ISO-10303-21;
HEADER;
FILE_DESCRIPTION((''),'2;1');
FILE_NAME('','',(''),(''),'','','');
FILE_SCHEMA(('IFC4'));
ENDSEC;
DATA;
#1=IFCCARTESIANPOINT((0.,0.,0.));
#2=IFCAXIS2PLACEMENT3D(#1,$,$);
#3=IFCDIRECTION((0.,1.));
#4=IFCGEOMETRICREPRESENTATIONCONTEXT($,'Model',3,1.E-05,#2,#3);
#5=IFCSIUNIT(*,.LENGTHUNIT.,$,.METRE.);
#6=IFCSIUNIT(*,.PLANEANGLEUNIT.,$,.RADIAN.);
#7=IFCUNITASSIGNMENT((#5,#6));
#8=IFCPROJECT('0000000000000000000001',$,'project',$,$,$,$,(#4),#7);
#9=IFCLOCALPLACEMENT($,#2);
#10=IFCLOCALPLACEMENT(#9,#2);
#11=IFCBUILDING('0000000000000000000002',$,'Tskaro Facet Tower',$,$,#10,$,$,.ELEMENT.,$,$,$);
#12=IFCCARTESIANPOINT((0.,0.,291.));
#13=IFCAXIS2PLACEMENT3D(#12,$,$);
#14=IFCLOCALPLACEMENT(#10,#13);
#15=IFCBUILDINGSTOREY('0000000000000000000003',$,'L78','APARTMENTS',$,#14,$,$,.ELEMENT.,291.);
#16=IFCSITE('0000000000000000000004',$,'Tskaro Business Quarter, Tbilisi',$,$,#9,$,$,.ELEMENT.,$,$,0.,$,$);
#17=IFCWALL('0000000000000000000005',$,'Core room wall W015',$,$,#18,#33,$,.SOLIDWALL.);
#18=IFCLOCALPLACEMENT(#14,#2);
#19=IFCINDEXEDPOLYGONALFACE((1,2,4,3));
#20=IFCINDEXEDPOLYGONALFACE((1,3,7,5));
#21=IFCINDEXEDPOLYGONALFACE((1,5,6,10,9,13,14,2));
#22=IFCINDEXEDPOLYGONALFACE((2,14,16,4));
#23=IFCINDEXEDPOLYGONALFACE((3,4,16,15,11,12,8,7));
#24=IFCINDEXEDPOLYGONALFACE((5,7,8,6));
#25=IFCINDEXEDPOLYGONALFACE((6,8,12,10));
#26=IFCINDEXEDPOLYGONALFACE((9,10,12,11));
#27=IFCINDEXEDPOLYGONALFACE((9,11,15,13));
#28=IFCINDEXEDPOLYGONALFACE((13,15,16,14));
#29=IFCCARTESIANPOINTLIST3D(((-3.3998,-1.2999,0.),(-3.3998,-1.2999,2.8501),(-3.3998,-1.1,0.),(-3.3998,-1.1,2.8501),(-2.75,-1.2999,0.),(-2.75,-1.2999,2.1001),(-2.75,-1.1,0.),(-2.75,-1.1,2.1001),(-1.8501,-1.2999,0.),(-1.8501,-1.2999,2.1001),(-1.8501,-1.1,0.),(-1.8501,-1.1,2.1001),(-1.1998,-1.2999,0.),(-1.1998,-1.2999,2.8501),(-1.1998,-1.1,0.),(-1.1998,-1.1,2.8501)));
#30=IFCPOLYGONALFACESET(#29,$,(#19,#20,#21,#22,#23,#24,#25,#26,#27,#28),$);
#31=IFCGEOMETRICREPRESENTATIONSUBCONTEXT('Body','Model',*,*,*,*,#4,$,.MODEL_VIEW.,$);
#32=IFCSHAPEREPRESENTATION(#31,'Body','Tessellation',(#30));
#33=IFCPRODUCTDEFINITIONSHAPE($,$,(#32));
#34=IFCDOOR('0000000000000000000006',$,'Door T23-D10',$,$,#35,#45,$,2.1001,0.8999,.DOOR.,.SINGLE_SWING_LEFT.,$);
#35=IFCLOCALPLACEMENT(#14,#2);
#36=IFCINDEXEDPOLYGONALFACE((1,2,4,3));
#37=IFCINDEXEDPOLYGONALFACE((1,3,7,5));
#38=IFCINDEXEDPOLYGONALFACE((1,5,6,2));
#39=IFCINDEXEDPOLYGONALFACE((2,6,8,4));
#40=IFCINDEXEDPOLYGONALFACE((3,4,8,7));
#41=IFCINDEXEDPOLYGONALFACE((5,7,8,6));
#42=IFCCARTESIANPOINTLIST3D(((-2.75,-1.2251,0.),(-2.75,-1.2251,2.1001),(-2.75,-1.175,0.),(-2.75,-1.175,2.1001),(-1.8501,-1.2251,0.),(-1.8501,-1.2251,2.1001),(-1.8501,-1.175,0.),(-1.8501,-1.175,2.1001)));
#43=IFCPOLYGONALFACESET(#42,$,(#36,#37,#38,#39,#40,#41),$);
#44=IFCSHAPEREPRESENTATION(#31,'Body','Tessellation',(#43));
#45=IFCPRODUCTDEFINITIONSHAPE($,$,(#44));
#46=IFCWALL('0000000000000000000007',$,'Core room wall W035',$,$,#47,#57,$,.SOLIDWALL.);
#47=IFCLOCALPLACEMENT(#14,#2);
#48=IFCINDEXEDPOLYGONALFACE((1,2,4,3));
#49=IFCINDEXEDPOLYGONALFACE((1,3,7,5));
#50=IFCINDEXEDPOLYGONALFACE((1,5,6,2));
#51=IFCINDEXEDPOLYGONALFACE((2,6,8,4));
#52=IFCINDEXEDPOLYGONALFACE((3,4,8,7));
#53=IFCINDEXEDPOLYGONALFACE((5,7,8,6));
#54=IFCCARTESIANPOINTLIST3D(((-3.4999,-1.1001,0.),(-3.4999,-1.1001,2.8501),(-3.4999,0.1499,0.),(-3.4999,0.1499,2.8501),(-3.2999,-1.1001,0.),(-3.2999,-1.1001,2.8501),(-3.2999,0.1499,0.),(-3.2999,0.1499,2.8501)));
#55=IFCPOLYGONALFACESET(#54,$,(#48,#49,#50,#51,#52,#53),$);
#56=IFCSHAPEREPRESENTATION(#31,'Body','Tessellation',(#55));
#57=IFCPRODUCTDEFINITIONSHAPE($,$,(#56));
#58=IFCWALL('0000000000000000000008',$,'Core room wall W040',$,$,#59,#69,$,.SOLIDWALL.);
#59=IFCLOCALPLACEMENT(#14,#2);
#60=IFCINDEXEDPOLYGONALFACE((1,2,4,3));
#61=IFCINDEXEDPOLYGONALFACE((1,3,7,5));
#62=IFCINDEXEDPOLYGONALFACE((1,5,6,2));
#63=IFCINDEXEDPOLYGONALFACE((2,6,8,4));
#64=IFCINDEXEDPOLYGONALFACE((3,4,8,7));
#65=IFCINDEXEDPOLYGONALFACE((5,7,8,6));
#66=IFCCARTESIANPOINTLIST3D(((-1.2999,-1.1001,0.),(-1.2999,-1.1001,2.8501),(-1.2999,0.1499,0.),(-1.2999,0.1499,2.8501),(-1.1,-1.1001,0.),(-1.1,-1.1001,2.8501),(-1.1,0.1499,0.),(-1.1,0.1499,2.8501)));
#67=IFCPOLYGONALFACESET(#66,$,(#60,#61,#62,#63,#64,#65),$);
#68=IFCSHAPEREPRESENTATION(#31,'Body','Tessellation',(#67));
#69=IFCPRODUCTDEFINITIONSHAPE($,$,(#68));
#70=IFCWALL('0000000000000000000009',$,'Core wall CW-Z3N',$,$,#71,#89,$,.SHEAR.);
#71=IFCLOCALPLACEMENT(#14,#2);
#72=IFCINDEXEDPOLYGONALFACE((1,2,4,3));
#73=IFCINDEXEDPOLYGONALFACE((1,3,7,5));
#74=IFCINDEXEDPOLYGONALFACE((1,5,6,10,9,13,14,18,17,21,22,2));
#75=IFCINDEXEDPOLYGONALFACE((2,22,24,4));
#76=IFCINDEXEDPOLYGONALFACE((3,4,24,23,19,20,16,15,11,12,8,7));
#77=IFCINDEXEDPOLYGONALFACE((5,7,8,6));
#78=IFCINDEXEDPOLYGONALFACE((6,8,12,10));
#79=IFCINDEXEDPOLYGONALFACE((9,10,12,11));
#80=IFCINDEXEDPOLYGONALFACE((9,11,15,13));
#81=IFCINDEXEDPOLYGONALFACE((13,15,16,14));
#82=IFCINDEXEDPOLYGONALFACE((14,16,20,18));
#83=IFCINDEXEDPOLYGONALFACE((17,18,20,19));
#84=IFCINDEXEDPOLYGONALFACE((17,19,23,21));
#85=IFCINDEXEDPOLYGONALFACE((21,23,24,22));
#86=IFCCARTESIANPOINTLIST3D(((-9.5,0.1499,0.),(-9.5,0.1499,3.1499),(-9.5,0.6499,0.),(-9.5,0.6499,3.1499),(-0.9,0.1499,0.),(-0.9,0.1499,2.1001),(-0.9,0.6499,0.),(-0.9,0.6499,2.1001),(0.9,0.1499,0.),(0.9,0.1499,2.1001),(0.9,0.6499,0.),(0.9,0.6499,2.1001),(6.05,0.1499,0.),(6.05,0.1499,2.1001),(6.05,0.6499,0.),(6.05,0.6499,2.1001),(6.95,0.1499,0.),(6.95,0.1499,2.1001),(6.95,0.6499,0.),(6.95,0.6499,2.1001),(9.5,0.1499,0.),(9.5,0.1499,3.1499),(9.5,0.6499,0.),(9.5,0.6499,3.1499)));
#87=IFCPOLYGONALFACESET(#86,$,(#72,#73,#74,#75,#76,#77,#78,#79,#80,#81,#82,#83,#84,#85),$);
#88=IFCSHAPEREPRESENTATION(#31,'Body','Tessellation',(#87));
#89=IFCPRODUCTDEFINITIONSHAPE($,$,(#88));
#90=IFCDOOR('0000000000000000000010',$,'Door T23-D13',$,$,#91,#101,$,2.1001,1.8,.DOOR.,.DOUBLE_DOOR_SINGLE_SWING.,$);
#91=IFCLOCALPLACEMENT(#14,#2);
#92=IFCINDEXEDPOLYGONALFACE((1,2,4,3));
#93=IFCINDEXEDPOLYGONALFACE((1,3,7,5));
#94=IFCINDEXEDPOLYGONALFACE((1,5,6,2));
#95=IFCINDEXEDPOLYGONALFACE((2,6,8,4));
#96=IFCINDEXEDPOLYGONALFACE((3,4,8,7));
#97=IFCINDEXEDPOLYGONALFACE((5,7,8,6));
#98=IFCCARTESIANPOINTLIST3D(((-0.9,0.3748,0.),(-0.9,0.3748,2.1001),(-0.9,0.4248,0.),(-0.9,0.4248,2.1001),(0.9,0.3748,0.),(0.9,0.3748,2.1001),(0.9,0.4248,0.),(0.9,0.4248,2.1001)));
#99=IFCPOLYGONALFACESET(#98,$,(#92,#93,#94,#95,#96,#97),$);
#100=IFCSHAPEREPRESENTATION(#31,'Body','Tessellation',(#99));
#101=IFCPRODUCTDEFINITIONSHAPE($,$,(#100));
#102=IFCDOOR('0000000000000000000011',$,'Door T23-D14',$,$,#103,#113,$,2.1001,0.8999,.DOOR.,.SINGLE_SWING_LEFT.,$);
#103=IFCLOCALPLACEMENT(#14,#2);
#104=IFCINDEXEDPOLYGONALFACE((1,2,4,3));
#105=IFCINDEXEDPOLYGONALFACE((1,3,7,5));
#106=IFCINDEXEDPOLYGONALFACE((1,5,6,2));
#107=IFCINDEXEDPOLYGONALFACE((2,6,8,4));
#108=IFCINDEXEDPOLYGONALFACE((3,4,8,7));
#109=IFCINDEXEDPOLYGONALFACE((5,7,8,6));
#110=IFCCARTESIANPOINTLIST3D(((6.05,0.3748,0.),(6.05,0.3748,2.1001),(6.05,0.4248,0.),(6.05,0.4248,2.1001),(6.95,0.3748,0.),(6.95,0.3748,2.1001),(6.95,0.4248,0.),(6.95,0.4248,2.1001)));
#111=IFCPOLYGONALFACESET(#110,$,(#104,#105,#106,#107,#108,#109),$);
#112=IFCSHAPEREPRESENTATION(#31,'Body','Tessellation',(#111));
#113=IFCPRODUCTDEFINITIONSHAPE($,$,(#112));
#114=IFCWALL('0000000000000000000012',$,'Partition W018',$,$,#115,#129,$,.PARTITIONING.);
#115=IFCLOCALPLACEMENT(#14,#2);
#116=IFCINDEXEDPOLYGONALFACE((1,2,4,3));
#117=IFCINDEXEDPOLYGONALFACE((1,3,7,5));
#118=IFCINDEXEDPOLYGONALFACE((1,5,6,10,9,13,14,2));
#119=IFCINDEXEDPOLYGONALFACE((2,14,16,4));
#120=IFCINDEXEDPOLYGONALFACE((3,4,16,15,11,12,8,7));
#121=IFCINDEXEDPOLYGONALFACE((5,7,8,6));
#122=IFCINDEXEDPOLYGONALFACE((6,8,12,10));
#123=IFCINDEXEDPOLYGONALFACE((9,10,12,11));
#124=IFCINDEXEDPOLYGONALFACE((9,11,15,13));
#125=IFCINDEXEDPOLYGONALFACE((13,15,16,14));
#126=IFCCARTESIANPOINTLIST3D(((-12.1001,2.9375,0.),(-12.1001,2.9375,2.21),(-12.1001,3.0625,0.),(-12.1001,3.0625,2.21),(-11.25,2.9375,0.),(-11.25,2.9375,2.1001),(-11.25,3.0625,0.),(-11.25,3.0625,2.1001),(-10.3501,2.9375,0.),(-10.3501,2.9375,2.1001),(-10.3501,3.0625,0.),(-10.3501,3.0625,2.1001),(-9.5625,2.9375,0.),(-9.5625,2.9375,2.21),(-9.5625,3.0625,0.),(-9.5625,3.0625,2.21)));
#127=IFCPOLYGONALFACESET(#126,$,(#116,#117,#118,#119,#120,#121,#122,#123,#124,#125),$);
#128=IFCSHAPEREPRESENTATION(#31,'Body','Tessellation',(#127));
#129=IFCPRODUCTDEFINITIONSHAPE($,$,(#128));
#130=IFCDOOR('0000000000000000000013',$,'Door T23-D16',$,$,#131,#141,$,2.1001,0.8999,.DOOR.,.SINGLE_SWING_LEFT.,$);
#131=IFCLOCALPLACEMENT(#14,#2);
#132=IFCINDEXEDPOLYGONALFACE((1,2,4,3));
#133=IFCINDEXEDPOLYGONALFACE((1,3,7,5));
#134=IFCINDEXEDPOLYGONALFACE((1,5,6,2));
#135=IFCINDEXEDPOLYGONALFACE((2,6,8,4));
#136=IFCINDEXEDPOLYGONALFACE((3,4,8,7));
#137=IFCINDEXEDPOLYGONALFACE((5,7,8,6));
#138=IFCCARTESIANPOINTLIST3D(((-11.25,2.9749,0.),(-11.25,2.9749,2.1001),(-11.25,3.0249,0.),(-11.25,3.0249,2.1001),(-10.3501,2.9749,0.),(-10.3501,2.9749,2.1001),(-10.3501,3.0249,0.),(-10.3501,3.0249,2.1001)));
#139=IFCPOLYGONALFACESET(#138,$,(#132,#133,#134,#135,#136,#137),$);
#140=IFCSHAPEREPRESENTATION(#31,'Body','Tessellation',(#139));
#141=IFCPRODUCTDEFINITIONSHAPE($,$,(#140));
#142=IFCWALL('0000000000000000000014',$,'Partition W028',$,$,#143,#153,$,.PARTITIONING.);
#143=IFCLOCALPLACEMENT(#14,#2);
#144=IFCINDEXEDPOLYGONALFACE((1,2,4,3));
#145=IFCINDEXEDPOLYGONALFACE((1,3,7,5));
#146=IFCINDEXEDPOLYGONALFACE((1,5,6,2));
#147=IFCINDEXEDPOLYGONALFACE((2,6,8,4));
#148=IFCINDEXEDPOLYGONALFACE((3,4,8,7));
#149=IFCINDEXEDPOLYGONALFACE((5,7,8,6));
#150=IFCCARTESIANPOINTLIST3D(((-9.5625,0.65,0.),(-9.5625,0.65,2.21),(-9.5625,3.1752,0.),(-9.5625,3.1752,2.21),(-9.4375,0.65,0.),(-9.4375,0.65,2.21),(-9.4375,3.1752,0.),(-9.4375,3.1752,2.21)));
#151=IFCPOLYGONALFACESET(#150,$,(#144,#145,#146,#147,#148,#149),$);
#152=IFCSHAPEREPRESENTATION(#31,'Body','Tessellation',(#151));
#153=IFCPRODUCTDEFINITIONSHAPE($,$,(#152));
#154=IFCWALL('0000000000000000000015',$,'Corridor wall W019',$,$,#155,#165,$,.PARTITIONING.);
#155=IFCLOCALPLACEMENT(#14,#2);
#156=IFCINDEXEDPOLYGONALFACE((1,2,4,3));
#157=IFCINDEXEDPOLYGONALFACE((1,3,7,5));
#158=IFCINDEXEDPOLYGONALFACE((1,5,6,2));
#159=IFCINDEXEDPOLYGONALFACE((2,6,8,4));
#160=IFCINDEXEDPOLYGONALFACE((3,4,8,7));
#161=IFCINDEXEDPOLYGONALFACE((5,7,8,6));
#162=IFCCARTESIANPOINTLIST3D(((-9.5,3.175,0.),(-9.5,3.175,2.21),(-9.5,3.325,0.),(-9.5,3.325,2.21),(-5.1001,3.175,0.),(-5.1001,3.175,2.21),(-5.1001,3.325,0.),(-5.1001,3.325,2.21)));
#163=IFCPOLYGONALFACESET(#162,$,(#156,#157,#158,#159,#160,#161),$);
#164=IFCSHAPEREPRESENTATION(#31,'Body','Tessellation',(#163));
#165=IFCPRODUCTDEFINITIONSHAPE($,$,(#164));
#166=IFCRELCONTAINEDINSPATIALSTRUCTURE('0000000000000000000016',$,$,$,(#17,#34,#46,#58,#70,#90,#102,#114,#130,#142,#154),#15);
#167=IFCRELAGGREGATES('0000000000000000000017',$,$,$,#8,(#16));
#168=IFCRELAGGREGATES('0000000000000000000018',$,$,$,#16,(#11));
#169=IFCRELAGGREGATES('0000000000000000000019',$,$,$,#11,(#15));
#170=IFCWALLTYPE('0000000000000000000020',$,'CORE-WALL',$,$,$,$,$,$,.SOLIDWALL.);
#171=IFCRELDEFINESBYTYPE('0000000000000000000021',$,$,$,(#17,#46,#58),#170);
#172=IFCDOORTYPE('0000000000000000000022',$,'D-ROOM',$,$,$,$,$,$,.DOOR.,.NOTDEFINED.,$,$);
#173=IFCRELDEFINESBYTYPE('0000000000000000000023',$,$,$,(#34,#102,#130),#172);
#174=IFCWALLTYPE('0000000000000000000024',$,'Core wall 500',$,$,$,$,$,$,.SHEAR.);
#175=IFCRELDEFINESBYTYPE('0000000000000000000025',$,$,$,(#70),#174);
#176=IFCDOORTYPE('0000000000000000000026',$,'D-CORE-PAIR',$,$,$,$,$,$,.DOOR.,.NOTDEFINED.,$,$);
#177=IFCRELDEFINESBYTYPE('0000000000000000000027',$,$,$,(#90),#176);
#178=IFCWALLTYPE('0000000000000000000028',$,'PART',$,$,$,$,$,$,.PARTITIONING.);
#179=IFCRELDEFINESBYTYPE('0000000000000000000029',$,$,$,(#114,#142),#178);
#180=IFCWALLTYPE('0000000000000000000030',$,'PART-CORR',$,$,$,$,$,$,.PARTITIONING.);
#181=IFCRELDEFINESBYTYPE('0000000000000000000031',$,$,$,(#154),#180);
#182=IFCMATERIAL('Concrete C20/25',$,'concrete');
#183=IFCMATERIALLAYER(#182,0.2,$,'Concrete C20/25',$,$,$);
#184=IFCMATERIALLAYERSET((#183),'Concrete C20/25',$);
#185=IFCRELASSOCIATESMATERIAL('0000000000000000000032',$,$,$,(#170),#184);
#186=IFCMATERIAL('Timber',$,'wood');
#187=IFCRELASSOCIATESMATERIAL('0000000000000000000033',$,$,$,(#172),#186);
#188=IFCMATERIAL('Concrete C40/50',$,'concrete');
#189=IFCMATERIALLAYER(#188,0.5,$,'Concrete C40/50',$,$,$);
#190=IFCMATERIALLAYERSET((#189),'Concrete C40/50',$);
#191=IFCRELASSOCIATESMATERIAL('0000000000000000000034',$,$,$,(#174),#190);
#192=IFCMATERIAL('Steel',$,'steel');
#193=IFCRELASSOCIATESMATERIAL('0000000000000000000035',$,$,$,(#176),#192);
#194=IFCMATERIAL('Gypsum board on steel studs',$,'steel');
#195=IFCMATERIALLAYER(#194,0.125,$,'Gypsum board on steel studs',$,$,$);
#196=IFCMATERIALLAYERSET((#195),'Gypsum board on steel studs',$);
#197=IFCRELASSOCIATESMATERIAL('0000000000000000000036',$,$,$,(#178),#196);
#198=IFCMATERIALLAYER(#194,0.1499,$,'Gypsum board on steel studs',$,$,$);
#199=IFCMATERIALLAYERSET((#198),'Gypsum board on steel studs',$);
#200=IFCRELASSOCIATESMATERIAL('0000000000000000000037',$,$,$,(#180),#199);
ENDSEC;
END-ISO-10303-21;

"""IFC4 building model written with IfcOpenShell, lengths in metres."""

from ifc_helpers import new_model, si_unit, direction, frame, frame_2d, origin, place, context, subcontext, project, spatial, rectangle, extrude, material, layer, layer_set, type_object, element, fill, save


model = new_model("IFC4")

# Units and contexts
model_context = context("Model", 3, precision=1e-05, world=origin(), true_north=direction((0.0, 1.0)))
body_context = subcontext(model_context, "Body", "Model", "MODEL_VIEW")
ifc_project = project(units=[si_unit("LENGTHUNIT", "METRE"), si_unit("PLANEANGLEUNIT", "RADIAN")], contexts=[model_context])

# Site, building, storey
site_placement = place(None, origin())
site = spatial("IfcSite", under=ifc_project, at=site_placement, Name="Tskaro Business Quarter, Tbilisi", CompositionType="ELEMENT", RefElevation=0.0)
building_placement = place(site_placement, origin())
building = spatial("IfcBuilding", under=site, at=building_placement, Name="Tskaro Facet Tower", CompositionType="ELEMENT")
storey_placement = place(building_placement, frame((0.0, 0.0, 291.0)))
storey = spatial("IfcBuildingStorey", under=building, at=storey_placement, Name="L78", Description="APARTMENTS", CompositionType="ELEMENT", Elevation=291.0)

# Shared definitions
ifc_material_1 = material(Name="Concrete C40/50", Category="concrete")

# Wall, opening, door
ifc_material_2 = material(Name="Concrete C20/25", Category="concrete")
ifc_layer_1 = layer(ifc_material_2, 0.2, Name="Concrete C20/25")
ifc_layer_set_1 = layer_set([ifc_layer_1], Name="Concrete C20/25")
wall_type_1 = type_object("IfcWallType", Name="CORE-WALL", PredefinedType="SOLIDWALL", material=ifc_layer_set_1)
wall_1_placement = place(storey_placement, frame((-3.3999, -1.2, 0.0), z_axis=(0.0, 0.0, 1.0), x_axis=(1.0, 0.0, 0.0)))
wall_1 = element("IfcWall", 1, at=wall_1_placement, inside=storey, type_object=wall_type_1, Name="Core room wall W015", PredefinedType="SOLIDWALL", context=body_context, shape_type="SweptSolid", body=[
    extrude(rectangle(XDim=2.2, YDim=0.2, at=frame_2d((1.1001, 0.0))), origin(), (0.0, 0.0, 1.0), 2.8501),
])
opening_1_placement = place(wall_1_placement, frame((0.6499, 0.0, 0.0)))
opening_1 = element("IfcOpeningElement", 2, at=opening_1_placement, cuts=wall_1, PredefinedType="OPENING", context=body_context, shape_type="SweptSolid", body=[
    extrude(rectangle(XDim=0.8999, YDim=2.1001, at=frame_2d((0.45, 1.05))), frame((0.0, 0.1099, 0.0), z_axis=(0.0, -1.0, 0.0), x_axis=(1.0, 0.0, 0.0)), (0.0, 0.0, 1.0), 0.22),
])
ifc_material_3 = material(Name="Timber", Category="wood")
door_type_1 = type_object("IfcDoorType", Name="D-ROOM", OperationType="NOTDEFINED", PredefinedType="DOOR", material=ifc_material_3)
door_1_placement = place(opening_1_placement, origin())
door_1 = element("IfcDoor", 3, at=door_1_placement, inside=storey, type_object=door_type_1, Name="Door T23-D10", OperationType="SINGLE_SWING_LEFT", OverallHeight=2.1001, OverallWidth=0.8999, PredefinedType="DOOR", context=body_context, shape_type="SweptSolid", body=[
    extrude(rectangle(XDim=0.8999, YDim=2.1001, at=frame_2d((0.45, 1.05))), frame((0.0, 0.0249, 0.0), z_axis=(0.0, -1.0, 0.0), x_axis=(1.0, 0.0, 0.0)), (0.0, 0.0, 1.0), 0.05),
])
fill(opening_1, door_1)

# Walls
for number, where, z_axis, x_axis, name in (
    (4, (-3.3999, -1.1001, 0.0), (0.0, 0.0, 1.0), (0.0, 1.0, 0.0), "Core room wall W035"),
    (5, (-1.2, -1.1001, 0.0), (0.0, 0.0, 1.0), (0.0, 1.0, 0.0), "Core room wall W040"),
):
    element("IfcWall", number, at=place(storey_placement, frame(where, z_axis=z_axis, x_axis=x_axis)), inside=storey, type_object=wall_type_1, Name=name, PredefinedType="SOLIDWALL", context=body_context, shape_type="SweptSolid", body=[
        extrude(rectangle(XDim=1.25, YDim=0.2, at=frame_2d((0.625, 0.0))), origin(), (0.0, 0.0, 1.0), 2.8501),
    ])

# Wall, openings, doors
ifc_layer_2 = layer(ifc_material_1, 0.5, Name="Concrete C40/50")
ifc_layer_set_2 = layer_set([ifc_layer_2], Name="Concrete C40/50")
wall_type_2 = type_object("IfcWallType", Name="Core wall 500", PredefinedType="SHEAR", material=ifc_layer_set_2)
wall_2_placement = place(storey_placement, frame((-9.5, 0.3999, 0.0), z_axis=(0.0, 0.0, 1.0), x_axis=(1.0, 0.0, 0.0)))
wall_2 = element("IfcWall", 6, at=wall_2_placement, inside=storey, type_object=wall_type_2, Name="Core wall CW-Z3N", PredefinedType="SHEAR", context=body_context, shape_type="SweptSolid", body=[
    extrude(rectangle(XDim=19.0, YDim=0.5, at=frame_2d((9.5, 0.0))), origin(), (0.0, 0.0, 1.0), 3.1499),
])
opening_2_placement = place(wall_2_placement, frame((8.6001, 0.0, 0.0)))
opening_2 = element("IfcOpeningElement", 7, at=opening_2_placement, cuts=wall_2, PredefinedType="OPENING", context=body_context, shape_type="SweptSolid", body=[
    extrude(rectangle(XDim=1.8, YDim=2.1001, at=frame_2d((0.8999, 1.05))), frame((0.0, 0.26, 0.0), z_axis=(0.0, -1.0, 0.0), x_axis=(1.0, 0.0, 0.0)), (0.0, 0.0, 1.0), 0.52),
])
opening_3_placement = place(wall_2_placement, frame((15.55, 0.0, 0.0)))
opening_3 = element("IfcOpeningElement", 8, at=opening_3_placement, cuts=wall_2, PredefinedType="OPENING", context=body_context, shape_type="SweptSolid", body=[
    extrude(rectangle(XDim=0.8999, YDim=2.1001, at=frame_2d((0.45, 1.05))), frame((0.0, 0.26, 0.0), z_axis=(0.0, -1.0, 0.0), x_axis=(1.0, 0.0, 0.0)), (0.0, 0.0, 1.0), 0.52),
])
ifc_material_4 = material(Name="Steel", Category="steel")
door_type_2 = type_object("IfcDoorType", Name="D-CORE-PAIR", OperationType="NOTDEFINED", PredefinedType="DOOR", material=ifc_material_4)
door_2_placement = place(opening_2_placement, origin())
door_2 = element("IfcDoor", 9, at=door_2_placement, inside=storey, type_object=door_type_2, Name="Door T23-D13", OperationType="DOUBLE_DOOR_SINGLE_SWING", OverallHeight=2.1001, OverallWidth=1.8, PredefinedType="DOOR", context=body_context, shape_type="SweptSolid", body=[
    extrude(rectangle(XDim=1.8, YDim=2.1001, at=frame_2d((0.8999, 1.05))), frame((0.0, 0.0249, 0.0), z_axis=(0.0, -1.0, 0.0), x_axis=(1.0, 0.0, 0.0)), (0.0, 0.0, 1.0), 0.05),
])
fill(opening_2, door_2)
door_3_placement = place(opening_3_placement, origin())
door_3 = element("IfcDoor", 10, at=door_3_placement, inside=storey, type_object=door_type_1, Name="Door T23-D14", OperationType="SINGLE_SWING_LEFT", OverallHeight=2.1001, OverallWidth=0.8999, PredefinedType="DOOR", context=body_context, shape_type="SweptSolid", body=[
    extrude(rectangle(XDim=0.8999, YDim=2.1001, at=frame_2d((0.45, 1.05))), frame((0.0, 0.0249, 0.0), z_axis=(0.0, -1.0, 0.0), x_axis=(1.0, 0.0, 0.0)), (0.0, 0.0, 1.0), 0.05),
])
fill(opening_3, door_3)

# Wall, opening, door
ifc_material_5 = material(Name="Gypsum board on steel studs", Category="steel")
ifc_layer_3 = layer(ifc_material_5, 0.125, Name="Gypsum board on steel studs")
ifc_layer_set_3 = layer_set([ifc_layer_3], Name="Gypsum board on steel studs")
wall_type_3 = type_object("IfcWallType", Name="PART", PredefinedType="PARTITIONING", material=ifc_layer_set_3)
wall_3_placement = place(storey_placement, frame((-12.1001, 3.0, 0.0), z_axis=(0.0, 0.0, 1.0), x_axis=(1.0, 0.0, 0.0)))
wall_3 = element("IfcWall", 11, at=wall_3_placement, inside=storey, type_object=wall_type_3, Name="Partition W018", PredefinedType="PARTITIONING", context=body_context, shape_type="SweptSolid", body=[
    extrude(rectangle(XDim=2.5376, YDim=0.125, at=frame_2d((1.2688, 0.0))), origin(), (0.0, 0.0, 1.0), 2.21),
])
opening_4_placement = place(wall_3_placement, frame((0.8501, 0.0, 0.0)))
opening_4 = element("IfcOpeningElement", 12, at=opening_4_placement, cuts=wall_3, PredefinedType="OPENING", context=body_context, shape_type="SweptSolid", body=[
    extrude(rectangle(XDim=0.8999, YDim=2.1001, at=frame_2d((0.45, 1.05))), frame((0.0, 0.0725, 0.0), z_axis=(0.0, -1.0, 0.0), x_axis=(1.0, 0.0, 0.0)), (0.0, 0.0, 1.0), 0.145),
])
door_4_placement = place(opening_4_placement, origin())
door_4 = element("IfcDoor", 13, at=door_4_placement, inside=storey, type_object=door_type_1, Name="Door T23-D16", OperationType="SINGLE_SWING_LEFT", OverallHeight=2.1001, OverallWidth=0.8999, PredefinedType="DOOR", context=body_context, shape_type="SweptSolid", body=[
    extrude(rectangle(XDim=0.8999, YDim=2.1001, at=frame_2d((0.45, 1.05))), frame((0.0, 0.0249, 0.0), z_axis=(0.0, -1.0, 0.0), x_axis=(1.0, 0.0, 0.0)), (0.0, 0.0, 1.0), 0.05),
])
fill(opening_4, door_4)

# Walls
wall_4_placement = place(storey_placement, frame((-9.5, 0.6499, 0.0), z_axis=(0.0, 0.0, 1.0), x_axis=(0.0, 1.0, 0.0)))
element("IfcWall", 14, at=wall_4_placement, inside=storey, type_object=wall_type_3, Name="Partition W028", PredefinedType="PARTITIONING", context=body_context, shape_type="SweptSolid", body=[
    extrude(rectangle(XDim=2.5251, YDim=0.125, at=frame_2d((1.2627, 0.0))), origin(), (0.0, 0.0, 1.0), 2.21),
])
ifc_layer_4 = layer(ifc_material_5, 0.1499, Name="Gypsum board on steel studs")
ifc_layer_set_4 = layer_set([ifc_layer_4], Name="Gypsum board on steel studs")
wall_type_4 = type_object("IfcWallType", Name="PART-CORR", PredefinedType="PARTITIONING", material=ifc_layer_set_4)
wall_5_placement = place(storey_placement, frame((-9.5, 3.25, 0.0), z_axis=(0.0, 0.0, 1.0), x_axis=(1.0, 0.0, 0.0)))
element("IfcWall", 15, at=wall_5_placement, inside=storey, type_object=wall_type_4, Name="Corridor wall W019", PredefinedType="PARTITIONING", context=body_context, shape_type="SweptSolid", body=[
    extrude(rectangle(XDim=4.3999, YDim=0.1499, at=frame_2d((2.2, 0.0))), origin(), (0.0, 0.0, 1.0), 2.21),
])

save(model, "model.ifc")
